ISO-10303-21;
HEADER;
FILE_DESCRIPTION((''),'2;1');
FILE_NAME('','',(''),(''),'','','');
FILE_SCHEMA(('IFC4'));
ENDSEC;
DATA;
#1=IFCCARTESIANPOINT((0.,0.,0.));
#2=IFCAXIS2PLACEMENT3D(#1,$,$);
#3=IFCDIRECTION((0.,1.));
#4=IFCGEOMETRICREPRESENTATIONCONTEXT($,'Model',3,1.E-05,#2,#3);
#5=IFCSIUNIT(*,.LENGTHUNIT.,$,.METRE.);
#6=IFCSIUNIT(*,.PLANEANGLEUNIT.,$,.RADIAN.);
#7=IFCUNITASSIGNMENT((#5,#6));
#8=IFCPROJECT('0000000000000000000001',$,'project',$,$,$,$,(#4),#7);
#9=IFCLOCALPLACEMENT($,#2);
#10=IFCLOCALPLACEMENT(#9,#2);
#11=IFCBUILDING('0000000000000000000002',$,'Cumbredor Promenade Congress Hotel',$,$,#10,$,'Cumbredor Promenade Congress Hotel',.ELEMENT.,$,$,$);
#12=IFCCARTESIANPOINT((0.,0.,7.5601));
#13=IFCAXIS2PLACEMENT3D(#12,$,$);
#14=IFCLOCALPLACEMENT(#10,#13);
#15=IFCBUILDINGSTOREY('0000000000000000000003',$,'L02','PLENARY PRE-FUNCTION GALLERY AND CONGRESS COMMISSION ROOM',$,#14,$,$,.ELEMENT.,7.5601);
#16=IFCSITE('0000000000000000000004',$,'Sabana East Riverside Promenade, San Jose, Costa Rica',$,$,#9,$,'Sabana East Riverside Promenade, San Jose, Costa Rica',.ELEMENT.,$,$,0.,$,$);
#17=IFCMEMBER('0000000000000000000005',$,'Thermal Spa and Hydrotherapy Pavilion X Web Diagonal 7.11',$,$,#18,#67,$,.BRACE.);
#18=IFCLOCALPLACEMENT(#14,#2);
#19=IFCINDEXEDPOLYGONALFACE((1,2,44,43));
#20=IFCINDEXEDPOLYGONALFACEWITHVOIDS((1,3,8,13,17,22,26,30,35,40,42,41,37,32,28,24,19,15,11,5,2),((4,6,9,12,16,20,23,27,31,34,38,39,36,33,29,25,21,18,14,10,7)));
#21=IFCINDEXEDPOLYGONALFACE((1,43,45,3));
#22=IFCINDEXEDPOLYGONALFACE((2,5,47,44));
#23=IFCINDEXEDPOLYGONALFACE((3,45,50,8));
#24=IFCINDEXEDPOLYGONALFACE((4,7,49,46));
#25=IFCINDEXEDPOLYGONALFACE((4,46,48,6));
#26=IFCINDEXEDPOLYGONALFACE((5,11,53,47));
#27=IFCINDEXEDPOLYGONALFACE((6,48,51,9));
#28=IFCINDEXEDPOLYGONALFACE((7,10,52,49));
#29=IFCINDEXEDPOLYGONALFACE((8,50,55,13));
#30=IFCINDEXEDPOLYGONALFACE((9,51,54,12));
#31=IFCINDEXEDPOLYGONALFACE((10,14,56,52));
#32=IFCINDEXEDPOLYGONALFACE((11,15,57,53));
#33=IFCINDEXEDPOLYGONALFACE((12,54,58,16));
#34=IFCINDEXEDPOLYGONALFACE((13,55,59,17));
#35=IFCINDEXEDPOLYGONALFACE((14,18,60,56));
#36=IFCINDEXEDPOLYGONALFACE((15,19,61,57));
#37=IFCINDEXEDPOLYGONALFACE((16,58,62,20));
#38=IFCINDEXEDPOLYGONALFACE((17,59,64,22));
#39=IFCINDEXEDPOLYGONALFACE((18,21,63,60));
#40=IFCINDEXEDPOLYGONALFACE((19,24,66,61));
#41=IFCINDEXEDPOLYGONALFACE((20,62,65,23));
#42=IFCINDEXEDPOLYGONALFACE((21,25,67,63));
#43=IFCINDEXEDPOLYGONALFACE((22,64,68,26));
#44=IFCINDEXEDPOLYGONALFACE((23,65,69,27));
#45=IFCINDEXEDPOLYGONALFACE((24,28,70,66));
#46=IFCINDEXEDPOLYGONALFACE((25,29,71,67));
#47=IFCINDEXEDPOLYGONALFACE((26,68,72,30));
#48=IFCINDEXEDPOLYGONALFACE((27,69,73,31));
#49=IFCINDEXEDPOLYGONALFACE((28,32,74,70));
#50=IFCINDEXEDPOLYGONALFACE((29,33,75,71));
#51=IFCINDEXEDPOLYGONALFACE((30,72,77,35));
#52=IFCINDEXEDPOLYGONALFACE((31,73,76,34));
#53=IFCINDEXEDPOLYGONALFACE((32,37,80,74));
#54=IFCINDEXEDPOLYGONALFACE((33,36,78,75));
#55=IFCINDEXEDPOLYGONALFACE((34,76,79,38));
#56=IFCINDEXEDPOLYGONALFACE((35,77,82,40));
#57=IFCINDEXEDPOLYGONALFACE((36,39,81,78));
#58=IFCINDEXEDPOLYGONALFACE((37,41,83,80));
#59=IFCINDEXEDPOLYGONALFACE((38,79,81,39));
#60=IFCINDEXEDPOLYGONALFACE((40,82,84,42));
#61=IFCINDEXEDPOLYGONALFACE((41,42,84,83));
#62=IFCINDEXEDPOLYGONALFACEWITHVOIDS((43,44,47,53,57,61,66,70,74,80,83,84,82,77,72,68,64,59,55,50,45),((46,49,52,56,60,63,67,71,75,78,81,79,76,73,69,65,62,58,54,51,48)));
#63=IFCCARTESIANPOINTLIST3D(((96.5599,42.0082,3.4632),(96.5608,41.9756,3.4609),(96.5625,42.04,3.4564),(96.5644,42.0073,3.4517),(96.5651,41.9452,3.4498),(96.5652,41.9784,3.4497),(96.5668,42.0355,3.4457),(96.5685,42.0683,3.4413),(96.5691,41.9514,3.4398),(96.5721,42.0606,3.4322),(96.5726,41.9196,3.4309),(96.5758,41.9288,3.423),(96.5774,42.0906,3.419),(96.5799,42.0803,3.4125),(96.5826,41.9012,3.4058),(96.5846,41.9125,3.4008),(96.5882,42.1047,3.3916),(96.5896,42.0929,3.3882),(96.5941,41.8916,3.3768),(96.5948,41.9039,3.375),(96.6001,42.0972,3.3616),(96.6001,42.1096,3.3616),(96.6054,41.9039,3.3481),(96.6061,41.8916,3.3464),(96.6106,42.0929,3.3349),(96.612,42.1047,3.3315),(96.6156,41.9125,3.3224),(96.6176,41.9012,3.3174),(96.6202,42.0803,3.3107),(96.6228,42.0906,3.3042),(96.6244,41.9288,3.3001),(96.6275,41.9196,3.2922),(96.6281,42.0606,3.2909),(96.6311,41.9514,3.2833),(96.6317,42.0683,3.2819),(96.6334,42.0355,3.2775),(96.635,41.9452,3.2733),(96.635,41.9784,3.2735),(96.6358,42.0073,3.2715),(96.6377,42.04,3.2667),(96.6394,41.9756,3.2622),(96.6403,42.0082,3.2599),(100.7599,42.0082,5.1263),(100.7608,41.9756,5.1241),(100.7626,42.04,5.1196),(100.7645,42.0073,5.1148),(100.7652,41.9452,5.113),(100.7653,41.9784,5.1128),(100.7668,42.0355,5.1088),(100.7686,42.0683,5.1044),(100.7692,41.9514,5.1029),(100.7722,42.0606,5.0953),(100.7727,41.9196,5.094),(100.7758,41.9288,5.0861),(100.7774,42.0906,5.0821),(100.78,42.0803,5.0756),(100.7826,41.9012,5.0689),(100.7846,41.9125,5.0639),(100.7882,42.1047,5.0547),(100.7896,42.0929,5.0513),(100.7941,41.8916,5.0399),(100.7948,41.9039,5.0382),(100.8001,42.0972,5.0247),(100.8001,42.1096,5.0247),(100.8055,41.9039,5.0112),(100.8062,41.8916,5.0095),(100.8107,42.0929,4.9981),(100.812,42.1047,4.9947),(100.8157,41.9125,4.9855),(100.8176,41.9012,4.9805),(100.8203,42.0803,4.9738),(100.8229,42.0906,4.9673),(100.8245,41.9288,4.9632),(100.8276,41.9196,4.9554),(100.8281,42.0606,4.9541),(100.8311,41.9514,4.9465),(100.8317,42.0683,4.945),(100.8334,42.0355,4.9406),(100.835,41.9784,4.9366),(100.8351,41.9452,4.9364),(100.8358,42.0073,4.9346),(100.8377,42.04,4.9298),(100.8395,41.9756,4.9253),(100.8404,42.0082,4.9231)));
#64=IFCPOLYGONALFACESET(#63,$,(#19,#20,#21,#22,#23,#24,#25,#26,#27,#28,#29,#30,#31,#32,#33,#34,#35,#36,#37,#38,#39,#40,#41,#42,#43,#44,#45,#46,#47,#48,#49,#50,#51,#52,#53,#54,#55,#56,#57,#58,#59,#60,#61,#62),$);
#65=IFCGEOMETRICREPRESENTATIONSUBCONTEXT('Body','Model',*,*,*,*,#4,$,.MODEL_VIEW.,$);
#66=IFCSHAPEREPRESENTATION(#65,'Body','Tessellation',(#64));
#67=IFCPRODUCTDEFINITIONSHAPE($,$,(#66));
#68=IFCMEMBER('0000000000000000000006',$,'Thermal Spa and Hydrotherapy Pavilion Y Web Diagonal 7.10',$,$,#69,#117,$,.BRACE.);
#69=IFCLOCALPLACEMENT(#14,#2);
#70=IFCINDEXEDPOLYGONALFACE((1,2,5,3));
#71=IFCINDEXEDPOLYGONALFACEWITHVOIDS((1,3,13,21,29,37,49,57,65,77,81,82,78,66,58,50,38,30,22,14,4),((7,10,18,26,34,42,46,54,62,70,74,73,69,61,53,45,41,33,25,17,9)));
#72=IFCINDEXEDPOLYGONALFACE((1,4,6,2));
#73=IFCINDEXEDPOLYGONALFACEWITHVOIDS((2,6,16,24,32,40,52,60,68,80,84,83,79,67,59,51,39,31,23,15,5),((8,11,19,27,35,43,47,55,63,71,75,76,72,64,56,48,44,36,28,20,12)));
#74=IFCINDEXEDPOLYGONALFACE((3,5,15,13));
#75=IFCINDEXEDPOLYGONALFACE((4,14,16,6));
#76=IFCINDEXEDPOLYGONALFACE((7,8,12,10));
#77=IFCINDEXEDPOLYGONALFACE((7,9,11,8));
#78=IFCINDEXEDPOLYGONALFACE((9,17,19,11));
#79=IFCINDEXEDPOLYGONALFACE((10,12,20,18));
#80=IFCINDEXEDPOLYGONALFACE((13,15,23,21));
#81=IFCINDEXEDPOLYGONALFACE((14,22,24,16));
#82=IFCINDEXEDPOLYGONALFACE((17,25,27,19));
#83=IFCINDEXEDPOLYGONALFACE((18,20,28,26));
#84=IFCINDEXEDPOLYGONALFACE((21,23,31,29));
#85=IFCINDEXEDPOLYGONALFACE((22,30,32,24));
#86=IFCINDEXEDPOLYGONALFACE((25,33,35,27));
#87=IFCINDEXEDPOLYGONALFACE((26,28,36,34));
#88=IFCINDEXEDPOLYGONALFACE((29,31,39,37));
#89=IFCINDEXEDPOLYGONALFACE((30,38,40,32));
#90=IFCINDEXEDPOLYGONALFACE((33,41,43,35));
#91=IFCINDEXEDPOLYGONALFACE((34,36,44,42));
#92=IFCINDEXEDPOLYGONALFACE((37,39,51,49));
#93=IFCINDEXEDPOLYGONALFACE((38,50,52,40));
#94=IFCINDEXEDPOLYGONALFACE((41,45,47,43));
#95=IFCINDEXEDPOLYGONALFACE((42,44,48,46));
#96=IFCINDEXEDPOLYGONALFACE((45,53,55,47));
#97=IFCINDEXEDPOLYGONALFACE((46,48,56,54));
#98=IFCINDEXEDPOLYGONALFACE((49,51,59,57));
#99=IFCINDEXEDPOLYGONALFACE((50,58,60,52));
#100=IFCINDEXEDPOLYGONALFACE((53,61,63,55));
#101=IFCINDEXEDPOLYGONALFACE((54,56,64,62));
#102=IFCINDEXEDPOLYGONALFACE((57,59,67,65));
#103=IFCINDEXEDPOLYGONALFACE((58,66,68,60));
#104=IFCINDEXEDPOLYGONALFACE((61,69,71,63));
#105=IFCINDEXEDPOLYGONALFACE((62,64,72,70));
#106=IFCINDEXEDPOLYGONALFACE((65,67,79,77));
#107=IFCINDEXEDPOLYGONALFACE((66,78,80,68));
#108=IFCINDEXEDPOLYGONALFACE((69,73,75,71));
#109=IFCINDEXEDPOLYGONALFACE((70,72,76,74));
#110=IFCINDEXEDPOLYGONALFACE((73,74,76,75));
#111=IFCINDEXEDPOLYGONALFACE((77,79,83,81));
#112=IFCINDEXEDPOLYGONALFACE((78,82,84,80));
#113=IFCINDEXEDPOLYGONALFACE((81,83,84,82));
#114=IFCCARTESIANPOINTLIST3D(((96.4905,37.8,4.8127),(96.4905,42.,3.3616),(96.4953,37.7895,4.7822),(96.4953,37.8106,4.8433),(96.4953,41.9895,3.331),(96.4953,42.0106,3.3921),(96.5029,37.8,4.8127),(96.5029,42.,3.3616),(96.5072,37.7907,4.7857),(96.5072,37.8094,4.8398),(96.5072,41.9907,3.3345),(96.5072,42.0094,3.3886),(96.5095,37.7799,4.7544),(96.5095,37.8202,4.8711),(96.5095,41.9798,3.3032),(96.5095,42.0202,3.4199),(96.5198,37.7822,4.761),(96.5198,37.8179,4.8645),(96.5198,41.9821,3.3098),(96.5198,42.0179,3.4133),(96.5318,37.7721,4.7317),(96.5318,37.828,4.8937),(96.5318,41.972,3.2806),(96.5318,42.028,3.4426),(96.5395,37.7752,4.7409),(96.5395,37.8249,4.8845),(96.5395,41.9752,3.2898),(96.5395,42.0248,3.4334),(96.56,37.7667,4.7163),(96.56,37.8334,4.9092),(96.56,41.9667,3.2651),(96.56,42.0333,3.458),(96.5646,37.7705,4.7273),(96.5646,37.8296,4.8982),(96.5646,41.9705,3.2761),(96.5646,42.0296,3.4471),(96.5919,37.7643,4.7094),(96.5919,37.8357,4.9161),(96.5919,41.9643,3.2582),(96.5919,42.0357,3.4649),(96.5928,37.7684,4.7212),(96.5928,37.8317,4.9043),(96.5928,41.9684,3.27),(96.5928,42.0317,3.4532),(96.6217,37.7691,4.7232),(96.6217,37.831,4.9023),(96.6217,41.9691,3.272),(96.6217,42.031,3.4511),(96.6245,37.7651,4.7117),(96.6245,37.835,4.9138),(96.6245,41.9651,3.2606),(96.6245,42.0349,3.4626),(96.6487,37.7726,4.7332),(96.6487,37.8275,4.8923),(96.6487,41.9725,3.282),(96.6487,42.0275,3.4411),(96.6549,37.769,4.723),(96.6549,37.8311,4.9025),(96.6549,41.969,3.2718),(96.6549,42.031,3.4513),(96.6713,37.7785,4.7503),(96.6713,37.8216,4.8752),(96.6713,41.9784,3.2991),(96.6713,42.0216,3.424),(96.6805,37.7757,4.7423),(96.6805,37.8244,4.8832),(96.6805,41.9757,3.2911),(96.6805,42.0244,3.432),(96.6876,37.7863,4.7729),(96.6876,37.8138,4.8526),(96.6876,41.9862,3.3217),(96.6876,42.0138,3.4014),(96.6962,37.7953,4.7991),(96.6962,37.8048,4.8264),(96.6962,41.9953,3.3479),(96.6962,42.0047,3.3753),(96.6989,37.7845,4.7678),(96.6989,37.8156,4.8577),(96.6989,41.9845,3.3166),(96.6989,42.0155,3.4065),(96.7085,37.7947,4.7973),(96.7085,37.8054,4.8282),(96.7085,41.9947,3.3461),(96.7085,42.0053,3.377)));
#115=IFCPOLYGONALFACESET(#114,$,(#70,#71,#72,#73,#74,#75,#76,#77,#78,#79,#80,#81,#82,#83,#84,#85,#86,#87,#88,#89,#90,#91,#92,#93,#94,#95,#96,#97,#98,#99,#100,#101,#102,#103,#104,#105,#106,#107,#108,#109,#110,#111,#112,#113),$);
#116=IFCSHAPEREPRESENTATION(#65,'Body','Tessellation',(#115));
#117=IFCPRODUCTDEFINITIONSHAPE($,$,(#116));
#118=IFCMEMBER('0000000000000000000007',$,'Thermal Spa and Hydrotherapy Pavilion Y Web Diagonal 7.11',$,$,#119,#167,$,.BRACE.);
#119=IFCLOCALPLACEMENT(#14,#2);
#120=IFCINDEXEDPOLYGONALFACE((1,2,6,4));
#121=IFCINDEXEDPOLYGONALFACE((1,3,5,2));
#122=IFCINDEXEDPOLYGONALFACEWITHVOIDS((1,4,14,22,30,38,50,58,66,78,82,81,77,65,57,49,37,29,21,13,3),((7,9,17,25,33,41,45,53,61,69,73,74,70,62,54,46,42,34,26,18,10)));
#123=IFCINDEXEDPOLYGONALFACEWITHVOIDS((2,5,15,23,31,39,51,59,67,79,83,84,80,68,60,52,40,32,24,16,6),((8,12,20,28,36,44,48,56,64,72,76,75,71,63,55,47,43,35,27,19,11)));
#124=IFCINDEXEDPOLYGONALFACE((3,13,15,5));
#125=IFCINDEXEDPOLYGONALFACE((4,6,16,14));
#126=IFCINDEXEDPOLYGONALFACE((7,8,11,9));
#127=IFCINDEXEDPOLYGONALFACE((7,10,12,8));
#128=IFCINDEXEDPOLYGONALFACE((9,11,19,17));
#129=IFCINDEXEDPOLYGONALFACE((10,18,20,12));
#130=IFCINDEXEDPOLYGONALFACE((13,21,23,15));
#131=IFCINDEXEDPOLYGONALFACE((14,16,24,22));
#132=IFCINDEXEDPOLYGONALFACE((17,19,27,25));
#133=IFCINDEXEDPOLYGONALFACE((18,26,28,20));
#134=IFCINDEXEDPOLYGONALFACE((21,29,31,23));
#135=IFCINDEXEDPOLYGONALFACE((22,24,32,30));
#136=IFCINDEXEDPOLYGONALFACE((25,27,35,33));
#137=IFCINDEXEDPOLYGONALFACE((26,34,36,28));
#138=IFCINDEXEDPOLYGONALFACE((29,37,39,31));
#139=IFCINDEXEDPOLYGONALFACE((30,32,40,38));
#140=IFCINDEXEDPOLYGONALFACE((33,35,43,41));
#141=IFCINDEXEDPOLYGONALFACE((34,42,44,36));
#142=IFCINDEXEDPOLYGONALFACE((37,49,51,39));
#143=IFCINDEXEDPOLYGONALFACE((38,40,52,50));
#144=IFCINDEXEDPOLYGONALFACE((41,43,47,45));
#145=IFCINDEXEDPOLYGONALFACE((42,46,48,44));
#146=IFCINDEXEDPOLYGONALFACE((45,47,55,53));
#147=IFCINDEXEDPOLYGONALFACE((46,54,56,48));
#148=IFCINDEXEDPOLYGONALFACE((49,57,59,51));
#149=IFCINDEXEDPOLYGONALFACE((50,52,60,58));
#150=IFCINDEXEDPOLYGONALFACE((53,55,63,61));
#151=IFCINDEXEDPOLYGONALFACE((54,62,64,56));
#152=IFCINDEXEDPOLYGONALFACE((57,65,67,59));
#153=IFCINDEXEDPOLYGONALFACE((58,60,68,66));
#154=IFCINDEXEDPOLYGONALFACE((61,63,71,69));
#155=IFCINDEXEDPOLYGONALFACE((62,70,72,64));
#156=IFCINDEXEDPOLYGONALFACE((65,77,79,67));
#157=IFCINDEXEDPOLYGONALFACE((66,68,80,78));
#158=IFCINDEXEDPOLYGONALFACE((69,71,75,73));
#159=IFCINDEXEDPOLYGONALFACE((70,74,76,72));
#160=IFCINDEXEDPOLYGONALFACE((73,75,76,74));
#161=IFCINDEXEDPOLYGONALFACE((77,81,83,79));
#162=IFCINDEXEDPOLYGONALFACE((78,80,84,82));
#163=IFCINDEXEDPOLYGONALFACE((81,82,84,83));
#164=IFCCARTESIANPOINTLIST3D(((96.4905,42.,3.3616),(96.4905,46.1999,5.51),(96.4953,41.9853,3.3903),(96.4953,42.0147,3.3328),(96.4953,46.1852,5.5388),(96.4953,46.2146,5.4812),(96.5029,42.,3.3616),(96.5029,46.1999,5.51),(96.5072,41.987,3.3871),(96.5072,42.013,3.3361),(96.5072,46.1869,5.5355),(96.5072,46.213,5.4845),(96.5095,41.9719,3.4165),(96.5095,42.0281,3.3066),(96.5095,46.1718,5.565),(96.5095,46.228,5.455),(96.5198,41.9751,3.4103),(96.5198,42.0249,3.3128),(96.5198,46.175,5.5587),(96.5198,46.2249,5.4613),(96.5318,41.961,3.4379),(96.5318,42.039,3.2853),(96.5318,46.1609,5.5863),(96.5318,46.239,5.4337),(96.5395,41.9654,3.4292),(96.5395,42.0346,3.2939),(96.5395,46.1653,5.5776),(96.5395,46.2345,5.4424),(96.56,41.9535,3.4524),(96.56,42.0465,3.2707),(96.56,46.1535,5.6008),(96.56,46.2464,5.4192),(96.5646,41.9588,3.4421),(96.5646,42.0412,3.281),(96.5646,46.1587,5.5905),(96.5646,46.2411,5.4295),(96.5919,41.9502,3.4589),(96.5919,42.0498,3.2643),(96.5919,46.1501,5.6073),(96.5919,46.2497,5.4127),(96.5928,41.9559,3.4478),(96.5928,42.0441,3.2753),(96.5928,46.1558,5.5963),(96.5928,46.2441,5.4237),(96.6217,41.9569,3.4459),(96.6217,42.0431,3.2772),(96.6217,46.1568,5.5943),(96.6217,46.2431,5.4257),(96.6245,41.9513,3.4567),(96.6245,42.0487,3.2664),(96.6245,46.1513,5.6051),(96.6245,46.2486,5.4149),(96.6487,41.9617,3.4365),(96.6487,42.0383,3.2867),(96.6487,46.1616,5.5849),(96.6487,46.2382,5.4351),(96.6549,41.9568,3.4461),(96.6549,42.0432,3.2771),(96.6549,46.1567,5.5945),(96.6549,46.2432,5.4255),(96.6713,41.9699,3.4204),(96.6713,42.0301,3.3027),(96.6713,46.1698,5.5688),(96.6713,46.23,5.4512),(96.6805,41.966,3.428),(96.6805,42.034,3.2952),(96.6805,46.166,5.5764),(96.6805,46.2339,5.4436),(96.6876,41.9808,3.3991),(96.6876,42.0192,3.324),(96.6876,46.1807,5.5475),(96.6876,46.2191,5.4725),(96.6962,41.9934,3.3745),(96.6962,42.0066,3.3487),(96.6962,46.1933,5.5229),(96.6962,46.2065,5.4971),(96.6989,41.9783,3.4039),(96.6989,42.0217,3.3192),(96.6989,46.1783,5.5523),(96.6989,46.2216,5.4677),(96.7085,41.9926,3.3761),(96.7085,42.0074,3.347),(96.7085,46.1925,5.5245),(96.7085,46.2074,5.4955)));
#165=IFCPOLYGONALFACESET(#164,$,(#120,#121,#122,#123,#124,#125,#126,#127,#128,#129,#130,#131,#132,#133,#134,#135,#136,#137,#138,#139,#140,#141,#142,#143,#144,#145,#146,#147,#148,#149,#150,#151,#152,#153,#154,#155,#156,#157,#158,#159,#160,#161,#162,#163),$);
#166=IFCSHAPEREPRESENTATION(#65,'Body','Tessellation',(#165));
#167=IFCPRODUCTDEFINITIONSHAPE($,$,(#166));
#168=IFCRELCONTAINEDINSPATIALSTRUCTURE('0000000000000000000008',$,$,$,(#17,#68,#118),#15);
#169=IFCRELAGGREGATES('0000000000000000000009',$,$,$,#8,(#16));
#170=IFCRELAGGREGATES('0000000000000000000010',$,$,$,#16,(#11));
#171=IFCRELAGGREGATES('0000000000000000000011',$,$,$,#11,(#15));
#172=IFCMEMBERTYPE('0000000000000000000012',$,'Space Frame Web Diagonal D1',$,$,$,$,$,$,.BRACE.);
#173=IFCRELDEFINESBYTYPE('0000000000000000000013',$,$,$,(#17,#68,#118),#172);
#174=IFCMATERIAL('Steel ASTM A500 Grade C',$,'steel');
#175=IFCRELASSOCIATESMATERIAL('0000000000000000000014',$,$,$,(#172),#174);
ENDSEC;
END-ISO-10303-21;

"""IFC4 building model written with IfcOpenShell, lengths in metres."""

from ifc_helpers import new_model, si_unit, direction, frame, origin, origin_2d, place, context, subcontext, project, spatial, hollow_circle, extrude, material, material_profile, profile_set, type_object, element, save


model = new_model("IFC4")

# Units and contexts
model_context = context("Model", 3, precision=1e-05, world=origin(), true_north=direction((0.0, 1.0)))
body_context = subcontext(model_context, "Body", "Model", "MODEL_VIEW")
ifc_project = project(units=[si_unit("LENGTHUNIT", "METRE"), si_unit("PLANEANGLEUNIT", "RADIAN")], contexts=[model_context])

# Site, building, storey
site_placement = place(None, origin())
site = spatial("IfcSite", under=ifc_project, at=site_placement, Name="Sabana East Riverside Promenade, San Jose, Costa Rica", LongName="Sabana East Riverside Promenade, San Jose, Costa Rica", CompositionType="ELEMENT", RefElevation=0.0)
building_placement = place(site_placement, origin())
building = spatial("IfcBuilding", under=site, at=building_placement, Name="Cumbredor Promenade Congress Hotel", LongName="Cumbredor Promenade Congress Hotel", CompositionType="ELEMENT")
storey_placement = place(building_placement, frame((0.0, 0.0, 7.5601)))
storey = spatial("IfcBuildingStorey", under=building, at=storey_placement, Name="L02", Description="PLENARY PRE-FUNCTION GALLERY AND CONGRESS COMMISSION ROOM", CompositionType="ELEMENT", Elevation=7.5601)

# Members
ifc_material_1 = material(Name="Steel ASTM A500 Grade C", Category="steel")
ifc_material_profile_1 = material_profile(ifc_material_1, hollow_circle(Radius=0.1096, WallThickness=0.0125, at=origin_2d()), Name="CHS 219.1x12.5")
ifc_profile_set_1 = profile_set([ifc_material_profile_1], Name="Steel ASTM A500 Grade C")
member_type_1 = type_object("IfcMemberType", Name="Space Frame Web Diagonal D1", PredefinedType="BRACE", material=ifc_profile_set_1)
member_1_placement = place(storey_placement, frame((96.6001, 42.0, 3.3616), z_axis=(0.929761, 0.0, 0.368164), x_axis=(0.0, 1.0, 0.0)))
element("IfcMember", 1, at=member_1_placement, inside=storey, type_object=member_type_1, Name="Thermal Spa and Hydrotherapy Pavilion X Web Diagonal 7.11", PredefinedType="BRACE", context=body_context, shape_type="SweptSolid", body=[
    extrude(hollow_circle(Radius=0.1096, WallThickness=0.0125, at=origin_2d()), origin(), (0.0, 0.0, 1.0), 4.5173),
])
member_2_placement = place(storey_placement, frame((96.6001, 37.8, 4.8127), z_axis=(0.0, 0.945171, -0.326576), x_axis=(-1.0, 0.0, 0.0)))
element("IfcMember", 2, at=member_2_placement, inside=storey, type_object=member_type_1, Name="Thermal Spa and Hydrotherapy Pavilion Y Web Diagonal 7.10", PredefinedType="BRACE", context=body_context, shape_type="SweptSolid", body=[
    extrude(hollow_circle(Radius=0.1096, WallThickness=0.0125, at=origin_2d()), origin(), (0.0, 0.0, 1.0), 4.4436),
])
member_3_placement = place(storey_placement, frame((96.6001, 42.0, 3.3616), z_axis=(0.0, 0.89028, 0.455413), x_axis=(-1.0, 0.0, 0.0)))
element("IfcMember", 3, at=member_3_placement, inside=storey, type_object=member_type_1, Name="Thermal Spa and Hydrotherapy Pavilion Y Web Diagonal 7.11", PredefinedType="BRACE", context=body_context, shape_type="SweptSolid", body=[
    extrude(hollow_circle(Radius=0.1096, WallThickness=0.0125, at=origin_2d()), origin(), (0.0, 0.0, 1.0), 4.7175),
])

save(model, "model.ifc")
